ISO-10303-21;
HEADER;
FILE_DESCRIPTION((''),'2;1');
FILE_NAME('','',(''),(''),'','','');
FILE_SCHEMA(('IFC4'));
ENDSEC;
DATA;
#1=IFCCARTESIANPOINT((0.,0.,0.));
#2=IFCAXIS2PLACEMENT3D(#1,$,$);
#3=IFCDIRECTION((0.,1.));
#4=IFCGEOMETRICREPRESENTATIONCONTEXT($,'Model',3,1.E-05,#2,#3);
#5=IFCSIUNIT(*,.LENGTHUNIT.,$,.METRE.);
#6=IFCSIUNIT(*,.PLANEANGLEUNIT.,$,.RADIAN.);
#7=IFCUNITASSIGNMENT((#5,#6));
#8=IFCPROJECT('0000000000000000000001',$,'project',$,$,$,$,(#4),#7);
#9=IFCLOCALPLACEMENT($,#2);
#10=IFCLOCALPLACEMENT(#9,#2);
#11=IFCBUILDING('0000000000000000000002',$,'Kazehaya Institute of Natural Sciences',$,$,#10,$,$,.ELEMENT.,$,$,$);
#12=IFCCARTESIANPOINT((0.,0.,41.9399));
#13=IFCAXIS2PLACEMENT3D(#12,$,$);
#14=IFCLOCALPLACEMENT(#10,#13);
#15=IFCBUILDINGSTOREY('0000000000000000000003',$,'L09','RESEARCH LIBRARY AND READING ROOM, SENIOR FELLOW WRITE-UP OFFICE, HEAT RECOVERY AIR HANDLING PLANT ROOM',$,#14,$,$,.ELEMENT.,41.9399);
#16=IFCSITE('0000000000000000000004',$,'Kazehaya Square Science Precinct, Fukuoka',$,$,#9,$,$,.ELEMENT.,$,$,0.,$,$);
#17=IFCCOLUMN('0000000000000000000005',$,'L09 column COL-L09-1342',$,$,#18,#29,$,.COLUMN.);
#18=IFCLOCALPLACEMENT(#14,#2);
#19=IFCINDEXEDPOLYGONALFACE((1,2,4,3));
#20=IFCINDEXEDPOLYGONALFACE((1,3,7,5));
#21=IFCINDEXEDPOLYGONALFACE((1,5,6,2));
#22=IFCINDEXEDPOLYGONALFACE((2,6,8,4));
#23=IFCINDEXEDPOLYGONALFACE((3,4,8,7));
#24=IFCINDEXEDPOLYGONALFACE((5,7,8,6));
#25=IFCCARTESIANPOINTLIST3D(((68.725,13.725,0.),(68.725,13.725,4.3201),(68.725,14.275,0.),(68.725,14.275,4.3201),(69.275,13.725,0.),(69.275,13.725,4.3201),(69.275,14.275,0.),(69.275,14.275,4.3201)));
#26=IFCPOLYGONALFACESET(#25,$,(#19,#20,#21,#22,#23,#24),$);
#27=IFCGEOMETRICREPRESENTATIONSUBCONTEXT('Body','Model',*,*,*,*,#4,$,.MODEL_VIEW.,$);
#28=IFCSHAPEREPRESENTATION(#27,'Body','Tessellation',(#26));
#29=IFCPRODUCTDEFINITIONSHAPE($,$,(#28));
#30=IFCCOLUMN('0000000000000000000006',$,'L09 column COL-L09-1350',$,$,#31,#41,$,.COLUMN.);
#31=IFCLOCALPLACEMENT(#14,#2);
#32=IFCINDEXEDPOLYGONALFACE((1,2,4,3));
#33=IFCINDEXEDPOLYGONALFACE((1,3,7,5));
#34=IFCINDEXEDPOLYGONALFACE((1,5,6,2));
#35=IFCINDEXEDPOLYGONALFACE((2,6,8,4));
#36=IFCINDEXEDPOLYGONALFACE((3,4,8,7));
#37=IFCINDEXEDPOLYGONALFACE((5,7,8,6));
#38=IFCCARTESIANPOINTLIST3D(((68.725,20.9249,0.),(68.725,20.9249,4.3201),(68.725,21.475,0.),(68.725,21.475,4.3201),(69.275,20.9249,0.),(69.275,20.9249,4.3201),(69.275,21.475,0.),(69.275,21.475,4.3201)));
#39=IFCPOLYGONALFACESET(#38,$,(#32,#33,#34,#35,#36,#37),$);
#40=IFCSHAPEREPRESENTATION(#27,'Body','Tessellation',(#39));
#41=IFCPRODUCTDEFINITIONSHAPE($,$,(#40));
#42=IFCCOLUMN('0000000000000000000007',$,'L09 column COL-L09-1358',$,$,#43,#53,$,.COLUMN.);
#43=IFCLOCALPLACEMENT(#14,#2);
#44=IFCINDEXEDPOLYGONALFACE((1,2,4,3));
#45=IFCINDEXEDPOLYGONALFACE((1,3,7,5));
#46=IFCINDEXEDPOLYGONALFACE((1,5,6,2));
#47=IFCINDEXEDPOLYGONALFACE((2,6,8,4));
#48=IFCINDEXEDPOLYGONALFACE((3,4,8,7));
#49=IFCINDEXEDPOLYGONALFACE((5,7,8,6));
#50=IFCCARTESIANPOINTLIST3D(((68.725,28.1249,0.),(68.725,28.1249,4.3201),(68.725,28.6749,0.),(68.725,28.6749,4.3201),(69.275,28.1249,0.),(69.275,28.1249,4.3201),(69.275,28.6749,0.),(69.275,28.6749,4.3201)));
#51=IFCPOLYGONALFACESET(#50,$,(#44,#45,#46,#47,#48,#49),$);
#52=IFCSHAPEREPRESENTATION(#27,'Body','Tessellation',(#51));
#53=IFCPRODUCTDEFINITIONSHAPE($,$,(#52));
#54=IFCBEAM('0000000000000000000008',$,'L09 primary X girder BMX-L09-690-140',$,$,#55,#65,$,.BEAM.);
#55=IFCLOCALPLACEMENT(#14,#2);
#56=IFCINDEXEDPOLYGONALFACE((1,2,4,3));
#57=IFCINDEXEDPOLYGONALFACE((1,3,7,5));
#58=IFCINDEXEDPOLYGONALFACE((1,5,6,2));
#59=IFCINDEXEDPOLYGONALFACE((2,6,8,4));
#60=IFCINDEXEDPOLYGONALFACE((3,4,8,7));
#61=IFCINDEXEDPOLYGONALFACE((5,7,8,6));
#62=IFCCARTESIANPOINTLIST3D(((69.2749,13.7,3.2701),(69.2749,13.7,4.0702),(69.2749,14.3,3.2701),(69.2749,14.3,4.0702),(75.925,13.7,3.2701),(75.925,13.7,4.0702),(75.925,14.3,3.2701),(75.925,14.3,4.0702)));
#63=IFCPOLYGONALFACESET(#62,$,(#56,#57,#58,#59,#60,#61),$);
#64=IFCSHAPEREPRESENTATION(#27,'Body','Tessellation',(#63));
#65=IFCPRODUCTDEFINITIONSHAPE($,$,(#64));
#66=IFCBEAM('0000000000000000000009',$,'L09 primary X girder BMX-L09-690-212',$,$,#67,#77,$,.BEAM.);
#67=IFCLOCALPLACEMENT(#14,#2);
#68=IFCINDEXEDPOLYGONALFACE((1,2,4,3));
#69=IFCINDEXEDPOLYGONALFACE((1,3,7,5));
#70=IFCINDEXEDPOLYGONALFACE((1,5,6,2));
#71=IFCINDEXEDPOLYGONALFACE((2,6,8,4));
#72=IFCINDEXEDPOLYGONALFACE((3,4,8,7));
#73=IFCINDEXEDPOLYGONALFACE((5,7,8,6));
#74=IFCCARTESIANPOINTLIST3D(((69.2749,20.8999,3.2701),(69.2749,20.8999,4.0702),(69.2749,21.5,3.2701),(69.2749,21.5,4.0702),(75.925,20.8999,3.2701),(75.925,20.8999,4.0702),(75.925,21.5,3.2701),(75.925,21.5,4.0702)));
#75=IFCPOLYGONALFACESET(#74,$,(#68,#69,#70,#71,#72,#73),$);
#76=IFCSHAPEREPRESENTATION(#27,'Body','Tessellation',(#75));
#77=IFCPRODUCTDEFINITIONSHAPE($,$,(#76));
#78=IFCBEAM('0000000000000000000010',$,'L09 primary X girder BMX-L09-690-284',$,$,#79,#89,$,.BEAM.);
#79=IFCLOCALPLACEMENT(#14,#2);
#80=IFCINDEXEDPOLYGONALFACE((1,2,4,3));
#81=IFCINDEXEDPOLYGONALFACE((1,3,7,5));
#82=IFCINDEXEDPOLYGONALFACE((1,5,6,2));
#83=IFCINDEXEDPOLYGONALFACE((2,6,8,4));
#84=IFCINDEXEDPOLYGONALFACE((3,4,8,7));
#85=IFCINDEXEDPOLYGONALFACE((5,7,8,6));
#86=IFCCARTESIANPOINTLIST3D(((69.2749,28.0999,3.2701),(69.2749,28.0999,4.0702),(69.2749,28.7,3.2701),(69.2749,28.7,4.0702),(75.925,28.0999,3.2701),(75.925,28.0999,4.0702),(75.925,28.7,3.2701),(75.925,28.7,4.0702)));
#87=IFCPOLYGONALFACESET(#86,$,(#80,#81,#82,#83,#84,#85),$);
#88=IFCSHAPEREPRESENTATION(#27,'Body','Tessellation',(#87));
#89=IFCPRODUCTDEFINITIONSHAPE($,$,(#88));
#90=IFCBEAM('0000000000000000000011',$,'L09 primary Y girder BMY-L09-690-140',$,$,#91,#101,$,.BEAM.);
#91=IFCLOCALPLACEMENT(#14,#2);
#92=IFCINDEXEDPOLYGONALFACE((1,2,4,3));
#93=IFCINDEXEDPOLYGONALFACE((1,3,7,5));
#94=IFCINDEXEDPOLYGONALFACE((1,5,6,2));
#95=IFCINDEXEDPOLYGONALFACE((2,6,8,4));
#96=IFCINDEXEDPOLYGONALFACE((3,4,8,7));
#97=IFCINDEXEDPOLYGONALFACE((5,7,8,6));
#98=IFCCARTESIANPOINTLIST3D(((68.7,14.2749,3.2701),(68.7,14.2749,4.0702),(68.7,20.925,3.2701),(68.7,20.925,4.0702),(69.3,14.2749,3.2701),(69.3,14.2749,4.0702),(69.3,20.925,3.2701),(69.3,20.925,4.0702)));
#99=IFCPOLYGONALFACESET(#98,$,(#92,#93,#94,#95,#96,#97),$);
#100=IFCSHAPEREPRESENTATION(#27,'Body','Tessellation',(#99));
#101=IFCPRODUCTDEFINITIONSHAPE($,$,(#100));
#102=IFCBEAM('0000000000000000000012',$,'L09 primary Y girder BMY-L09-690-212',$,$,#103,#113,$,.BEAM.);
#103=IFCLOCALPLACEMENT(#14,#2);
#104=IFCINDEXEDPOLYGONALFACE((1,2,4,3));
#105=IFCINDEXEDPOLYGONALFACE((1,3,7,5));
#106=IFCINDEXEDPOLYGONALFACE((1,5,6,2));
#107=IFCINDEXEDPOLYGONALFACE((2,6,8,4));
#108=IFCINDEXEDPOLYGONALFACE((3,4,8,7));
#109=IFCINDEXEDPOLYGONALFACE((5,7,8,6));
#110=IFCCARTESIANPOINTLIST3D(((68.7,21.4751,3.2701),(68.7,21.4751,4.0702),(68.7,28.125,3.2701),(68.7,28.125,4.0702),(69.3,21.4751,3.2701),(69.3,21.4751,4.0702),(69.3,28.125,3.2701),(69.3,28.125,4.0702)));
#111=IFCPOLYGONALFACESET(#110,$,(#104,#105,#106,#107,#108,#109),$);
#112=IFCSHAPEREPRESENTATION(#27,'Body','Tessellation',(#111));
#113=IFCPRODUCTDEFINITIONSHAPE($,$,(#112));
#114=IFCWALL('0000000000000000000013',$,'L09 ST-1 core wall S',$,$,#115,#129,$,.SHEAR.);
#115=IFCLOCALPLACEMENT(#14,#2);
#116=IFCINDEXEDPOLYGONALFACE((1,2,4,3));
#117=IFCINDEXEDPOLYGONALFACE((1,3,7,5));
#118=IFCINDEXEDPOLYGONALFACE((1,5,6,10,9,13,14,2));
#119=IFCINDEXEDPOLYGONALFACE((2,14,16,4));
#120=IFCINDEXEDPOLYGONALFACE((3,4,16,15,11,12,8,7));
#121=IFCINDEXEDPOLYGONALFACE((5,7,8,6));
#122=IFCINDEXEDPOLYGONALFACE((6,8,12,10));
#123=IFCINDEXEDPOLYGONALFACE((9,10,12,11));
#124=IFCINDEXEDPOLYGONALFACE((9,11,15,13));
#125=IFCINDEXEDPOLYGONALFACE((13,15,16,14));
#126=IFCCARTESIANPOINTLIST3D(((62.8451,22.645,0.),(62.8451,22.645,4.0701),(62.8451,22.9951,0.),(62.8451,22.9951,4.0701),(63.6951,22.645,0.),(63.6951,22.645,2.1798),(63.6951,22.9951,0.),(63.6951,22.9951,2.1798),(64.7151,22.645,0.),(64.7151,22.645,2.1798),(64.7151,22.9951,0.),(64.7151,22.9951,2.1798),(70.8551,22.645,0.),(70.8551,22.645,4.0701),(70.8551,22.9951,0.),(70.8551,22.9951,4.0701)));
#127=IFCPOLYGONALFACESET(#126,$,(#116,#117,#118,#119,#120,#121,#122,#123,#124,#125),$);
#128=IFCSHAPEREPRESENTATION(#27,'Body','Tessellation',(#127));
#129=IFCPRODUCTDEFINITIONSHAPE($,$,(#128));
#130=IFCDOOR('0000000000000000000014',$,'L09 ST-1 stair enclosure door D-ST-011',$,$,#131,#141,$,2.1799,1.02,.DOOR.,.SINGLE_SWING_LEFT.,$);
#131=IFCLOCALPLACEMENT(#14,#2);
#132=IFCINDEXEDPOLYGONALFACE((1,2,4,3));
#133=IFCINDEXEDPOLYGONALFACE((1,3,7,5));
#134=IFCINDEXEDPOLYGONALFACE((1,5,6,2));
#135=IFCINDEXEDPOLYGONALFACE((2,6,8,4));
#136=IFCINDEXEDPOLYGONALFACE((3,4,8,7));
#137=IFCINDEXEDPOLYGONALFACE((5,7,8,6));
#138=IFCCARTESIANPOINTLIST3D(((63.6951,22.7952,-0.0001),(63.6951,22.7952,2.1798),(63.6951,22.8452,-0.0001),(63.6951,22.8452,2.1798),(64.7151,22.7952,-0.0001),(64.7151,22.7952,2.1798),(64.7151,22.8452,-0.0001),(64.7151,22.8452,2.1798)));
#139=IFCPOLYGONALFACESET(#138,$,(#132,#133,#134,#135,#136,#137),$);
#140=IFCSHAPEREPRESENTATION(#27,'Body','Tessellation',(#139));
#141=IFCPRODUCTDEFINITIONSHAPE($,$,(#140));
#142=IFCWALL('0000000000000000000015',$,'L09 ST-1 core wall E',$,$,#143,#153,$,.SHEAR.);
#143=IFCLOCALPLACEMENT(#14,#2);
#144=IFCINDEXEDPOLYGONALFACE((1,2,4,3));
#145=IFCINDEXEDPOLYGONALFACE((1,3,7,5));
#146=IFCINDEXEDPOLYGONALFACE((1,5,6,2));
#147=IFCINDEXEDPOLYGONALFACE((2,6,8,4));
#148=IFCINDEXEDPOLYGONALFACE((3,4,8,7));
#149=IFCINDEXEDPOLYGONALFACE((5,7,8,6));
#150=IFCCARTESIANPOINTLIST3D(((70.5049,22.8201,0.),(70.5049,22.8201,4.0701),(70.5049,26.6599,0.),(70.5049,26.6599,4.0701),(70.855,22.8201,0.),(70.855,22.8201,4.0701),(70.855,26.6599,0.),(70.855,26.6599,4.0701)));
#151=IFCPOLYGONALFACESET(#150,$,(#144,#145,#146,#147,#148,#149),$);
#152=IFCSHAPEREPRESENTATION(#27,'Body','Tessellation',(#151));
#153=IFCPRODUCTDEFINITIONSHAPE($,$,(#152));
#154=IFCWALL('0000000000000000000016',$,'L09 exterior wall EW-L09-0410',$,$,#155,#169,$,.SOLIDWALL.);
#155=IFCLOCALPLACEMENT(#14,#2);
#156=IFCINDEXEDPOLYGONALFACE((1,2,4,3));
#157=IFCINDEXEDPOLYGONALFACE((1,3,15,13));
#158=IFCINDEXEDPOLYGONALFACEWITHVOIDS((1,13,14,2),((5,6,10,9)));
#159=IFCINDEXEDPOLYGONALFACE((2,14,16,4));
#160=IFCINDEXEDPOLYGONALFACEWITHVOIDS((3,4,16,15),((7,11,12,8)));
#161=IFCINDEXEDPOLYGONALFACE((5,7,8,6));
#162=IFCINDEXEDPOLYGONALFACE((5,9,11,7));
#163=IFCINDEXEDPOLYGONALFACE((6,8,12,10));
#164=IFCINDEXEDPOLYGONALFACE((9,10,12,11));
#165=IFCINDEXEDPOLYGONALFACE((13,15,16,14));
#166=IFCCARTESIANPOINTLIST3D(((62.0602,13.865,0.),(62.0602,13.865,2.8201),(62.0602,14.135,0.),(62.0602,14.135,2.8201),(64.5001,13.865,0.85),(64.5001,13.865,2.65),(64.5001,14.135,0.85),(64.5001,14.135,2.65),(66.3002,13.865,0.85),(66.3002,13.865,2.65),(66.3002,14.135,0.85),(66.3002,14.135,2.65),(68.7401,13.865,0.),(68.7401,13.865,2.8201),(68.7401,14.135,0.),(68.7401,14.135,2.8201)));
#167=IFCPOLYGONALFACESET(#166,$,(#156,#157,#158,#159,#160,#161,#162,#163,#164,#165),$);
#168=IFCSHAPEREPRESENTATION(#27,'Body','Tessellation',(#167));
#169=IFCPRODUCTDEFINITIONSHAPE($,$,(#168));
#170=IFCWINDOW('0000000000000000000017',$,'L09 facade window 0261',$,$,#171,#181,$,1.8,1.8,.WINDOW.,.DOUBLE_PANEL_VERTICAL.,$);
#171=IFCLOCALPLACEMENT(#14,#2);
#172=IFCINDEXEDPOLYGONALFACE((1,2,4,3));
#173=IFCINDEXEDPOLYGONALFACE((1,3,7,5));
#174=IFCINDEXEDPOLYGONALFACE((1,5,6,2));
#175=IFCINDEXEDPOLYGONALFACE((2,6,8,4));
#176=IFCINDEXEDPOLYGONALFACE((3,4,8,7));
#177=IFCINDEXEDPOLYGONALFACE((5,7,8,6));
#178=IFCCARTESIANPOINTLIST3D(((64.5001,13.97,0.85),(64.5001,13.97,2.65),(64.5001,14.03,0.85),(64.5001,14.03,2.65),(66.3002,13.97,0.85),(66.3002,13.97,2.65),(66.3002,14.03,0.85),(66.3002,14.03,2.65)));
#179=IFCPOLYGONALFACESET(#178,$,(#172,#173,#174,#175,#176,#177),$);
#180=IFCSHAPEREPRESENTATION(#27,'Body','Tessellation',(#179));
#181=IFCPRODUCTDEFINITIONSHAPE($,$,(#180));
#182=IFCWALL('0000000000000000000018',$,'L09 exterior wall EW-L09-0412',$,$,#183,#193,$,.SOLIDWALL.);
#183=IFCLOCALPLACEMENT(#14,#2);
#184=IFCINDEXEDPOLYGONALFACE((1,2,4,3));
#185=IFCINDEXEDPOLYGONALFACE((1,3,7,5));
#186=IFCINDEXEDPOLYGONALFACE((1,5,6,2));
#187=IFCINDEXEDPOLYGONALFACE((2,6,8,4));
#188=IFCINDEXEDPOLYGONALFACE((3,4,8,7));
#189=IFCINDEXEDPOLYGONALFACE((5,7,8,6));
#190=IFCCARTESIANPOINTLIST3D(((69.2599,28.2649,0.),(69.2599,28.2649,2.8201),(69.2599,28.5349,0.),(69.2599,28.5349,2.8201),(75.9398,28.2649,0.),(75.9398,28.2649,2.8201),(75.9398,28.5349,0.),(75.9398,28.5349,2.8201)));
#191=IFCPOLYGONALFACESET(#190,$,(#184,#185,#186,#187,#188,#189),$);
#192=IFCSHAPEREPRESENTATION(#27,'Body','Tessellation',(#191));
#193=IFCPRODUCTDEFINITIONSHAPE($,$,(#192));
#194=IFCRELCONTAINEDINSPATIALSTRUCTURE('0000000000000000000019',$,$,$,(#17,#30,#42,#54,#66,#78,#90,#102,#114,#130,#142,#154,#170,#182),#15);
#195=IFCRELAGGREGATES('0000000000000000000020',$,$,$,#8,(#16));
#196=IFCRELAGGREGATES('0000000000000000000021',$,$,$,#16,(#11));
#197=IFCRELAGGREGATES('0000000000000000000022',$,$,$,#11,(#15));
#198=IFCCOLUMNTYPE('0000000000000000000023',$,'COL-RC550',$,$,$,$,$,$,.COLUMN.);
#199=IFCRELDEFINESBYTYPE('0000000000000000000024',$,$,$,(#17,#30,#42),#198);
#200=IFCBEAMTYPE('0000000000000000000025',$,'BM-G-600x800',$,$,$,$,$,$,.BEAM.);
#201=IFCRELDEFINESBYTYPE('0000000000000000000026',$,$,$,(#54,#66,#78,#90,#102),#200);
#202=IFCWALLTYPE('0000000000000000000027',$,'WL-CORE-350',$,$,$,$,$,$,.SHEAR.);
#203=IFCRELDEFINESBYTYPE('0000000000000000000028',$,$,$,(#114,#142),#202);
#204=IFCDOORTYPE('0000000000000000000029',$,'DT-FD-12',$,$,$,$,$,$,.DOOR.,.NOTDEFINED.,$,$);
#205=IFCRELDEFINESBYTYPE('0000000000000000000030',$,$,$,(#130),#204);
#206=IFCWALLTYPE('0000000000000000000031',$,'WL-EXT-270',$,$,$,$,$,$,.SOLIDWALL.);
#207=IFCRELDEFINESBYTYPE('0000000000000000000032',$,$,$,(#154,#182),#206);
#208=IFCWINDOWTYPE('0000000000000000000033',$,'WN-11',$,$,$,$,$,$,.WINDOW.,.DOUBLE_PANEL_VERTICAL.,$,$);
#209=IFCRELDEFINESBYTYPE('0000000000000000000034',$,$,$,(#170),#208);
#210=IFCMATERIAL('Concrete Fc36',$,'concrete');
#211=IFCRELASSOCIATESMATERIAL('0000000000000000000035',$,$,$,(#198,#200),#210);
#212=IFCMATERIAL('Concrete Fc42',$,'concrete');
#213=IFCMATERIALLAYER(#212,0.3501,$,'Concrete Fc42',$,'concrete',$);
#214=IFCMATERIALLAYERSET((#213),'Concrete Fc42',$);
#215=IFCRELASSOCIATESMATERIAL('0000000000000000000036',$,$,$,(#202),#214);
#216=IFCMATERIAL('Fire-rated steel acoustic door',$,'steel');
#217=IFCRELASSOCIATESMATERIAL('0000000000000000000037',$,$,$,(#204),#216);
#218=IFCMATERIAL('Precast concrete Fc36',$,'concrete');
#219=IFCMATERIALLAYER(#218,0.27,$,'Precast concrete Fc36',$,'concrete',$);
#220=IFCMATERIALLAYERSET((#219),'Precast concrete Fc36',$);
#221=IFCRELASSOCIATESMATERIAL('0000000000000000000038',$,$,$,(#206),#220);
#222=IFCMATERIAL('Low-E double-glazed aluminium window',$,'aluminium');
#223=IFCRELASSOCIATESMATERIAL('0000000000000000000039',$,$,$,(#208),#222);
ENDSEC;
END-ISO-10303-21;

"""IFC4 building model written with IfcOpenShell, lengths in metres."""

from ifc_helpers import new_model, si_unit, direction, frame, frame_2d, origin, origin_2d, place, context, subcontext, project, spatial, rectangle, extrude, material, layer, layer_set, material_profile, profile_set, type_object, element, fill, save


model = new_model("IFC4")

# Units and contexts
model_context = context("Model", 3, precision=1e-05, world=origin(), true_north=direction((0.0, 1.0)))
body_context = subcontext(model_context, "Body", "Model", "MODEL_VIEW")
ifc_project = project(units=[si_unit("LENGTHUNIT", "METRE"), si_unit("PLANEANGLEUNIT", "RADIAN")], contexts=[model_context])

# Site, building, storey
site_placement = place(None, origin())
site = spatial("IfcSite", under=ifc_project, at=site_placement, Name="Kazehaya Square Science Precinct, Fukuoka", CompositionType="ELEMENT", RefElevation=0.0)
building_placement = place(site_placement, origin())
building = spatial("IfcBuilding", under=site, at=building_placement, Name="Kazehaya Institute of Natural Sciences", CompositionType="ELEMENT")
storey_placement = place(building_placement, frame((0.0, 0.0, 41.9399)))
storey = spatial("IfcBuildingStorey", under=building, at=storey_placement, Name="L09", Description="RESEARCH LIBRARY AND READING ROOM, SENIOR FELLOW WRITE-UP OFFICE, HEAT RECOVERY AIR HANDLING PLANT ROOM", CompositionType="ELEMENT", Elevation=41.9399)

# Columns
ifc_material_1 = material(Name="Concrete Fc36", Category="concrete")
ifc_material_profile_1 = material_profile(ifc_material_1, rectangle(XDim=0.55, YDim=0.55, at=origin_2d()), Name="RC-550x550")
ifc_profile_set_1 = profile_set([ifc_material_profile_1], Name="Concrete Fc36")
column_type = type_object("IfcColumnType", Name="COL-RC550", PredefinedType="COLUMN", material=ifc_profile_set_1)
for number, where, z_axis, x_axis, name in (
    (1, (69.0, 14.0, 0.0), (0.0, 0.0, 1.0), (1.0, 0.0, 0.0), "L09 column COL-L09-1342"),
    (2, (69.0, 21.2, 0.0), (0.0, 0.0, 1.0), (1.0, 0.0, 0.0), "L09 column COL-L09-1350"),
    (3, (69.0, 28.3999, 0.0), (0.0, 0.0, 1.0), (1.0, 0.0, 0.0), "L09 column COL-L09-1358"),
):
    element("IfcColumn", number, at=place(storey_placement, frame(where, z_axis=z_axis, x_axis=x_axis)), inside=storey, type_object=column_type, Name=name, PredefinedType="COLUMN", context=body_context, shape_type="SweptSolid", body=[
        extrude(rectangle(XDim=0.55, YDim=0.55, at=origin_2d()), origin(), (0.0, 0.0, 1.0), 4.3201),
    ])

# Beams
ifc_material_profile_2 = material_profile(ifc_material_1, rectangle(XDim=0.6001, YDim=0.8, at=origin_2d()), Name="RC-600x800")
ifc_profile_set_2 = profile_set([ifc_material_profile_2], Name="Concrete Fc36")
beam_type = type_object("IfcBeamType", Name="BM-G-600x800", PredefinedType="BEAM", material=ifc_profile_set_2)
for number, where, z_axis, x_axis, name in (
    (4, (69.2749, 14.0, 3.6702), (1.0, 0.0, 0.0), (0.0, 1.0, 0.0), "L09 primary X girder BMX-L09-690-140"),
    (5, (69.2749, 21.2, 3.6702), (1.0, 0.0, 0.0), (0.0, 1.0, 0.0), "L09 primary X girder BMX-L09-690-212"),
    (6, (69.2749, 28.3999, 3.6702), (1.0, 0.0, 0.0), (0.0, 1.0, 0.0), "L09 primary X girder BMX-L09-690-284"),
    (7, (69.0, 14.2749, 3.6702), (0.0, 1.0, 0.0), (-1.0, 0.0, 0.0), "L09 primary Y girder BMY-L09-690-140"),
):
    element("IfcBeam", number, at=place(storey_placement, frame(where, z_axis=z_axis, x_axis=x_axis)), inside=storey, type_object=beam_type, Name=name, PredefinedType="BEAM", context=body_context, shape_type="SweptSolid", body=[
        extrude(rectangle(XDim=0.6001, YDim=0.8, at=origin_2d()), origin(), (0.0, 0.0, 1.0), 6.6501),
    ])
beam_placement = place(storey_placement, frame((69.0, 21.4751, 3.6702), z_axis=(0.0, 1.0, 0.0), x_axis=(-1.0, 0.0, 0.0)))
element("IfcBeam", 8, at=beam_placement, inside=storey, type_object=beam_type, Name="L09 primary Y girder BMY-L09-690-212", PredefinedType="BEAM", context=body_context, shape_type="SweptSolid", body=[
    extrude(rectangle(XDim=0.6001, YDim=0.8, at=origin_2d()), origin(), (0.0, 0.0, 1.0), 6.6499),
])

# Wall, opening, door
ifc_material_2 = material(Name="Concrete Fc42", Category="concrete")
ifc_layer_1 = layer(ifc_material_2, 0.3501, Name="Concrete Fc42", Category="concrete")
ifc_layer_set_1 = layer_set([ifc_layer_1], Name="Concrete Fc42")
wall_type_1 = type_object("IfcWallType", Name="WL-CORE-350", PredefinedType="SHEAR", material=ifc_layer_set_1)
wall_1_placement = place(storey_placement, frame((70.855, 22.8201, 0.0), z_axis=(0.0, 0.0, 1.0), x_axis=(-1.0, 0.0, 0.0)))
wall_1 = element("IfcWall", 9, at=wall_1_placement, inside=storey, type_object=wall_type_1, Name="L09 ST-1 core wall S", PredefinedType="SHEAR", context=body_context, shape_type="SweptSolid", body=[
    extrude(rectangle(XDim=8.01, YDim=0.3501, at=frame_2d((4.0049, 0.0))), origin(), (0.0, 0.0, 1.0), 4.0701),
])
opening_1_placement = place(wall_1_placement, frame((6.1399, 0.0, 0.0)))
opening_1 = element("IfcOpeningElement", 10, at=opening_1_placement, cuts=wall_1, PredefinedType="OPENING", context=body_context, shape_type="SweptSolid", body=[
    extrude(rectangle(XDim=1.02, YDim=2.1799, at=frame_2d((0.51, 1.0898))), frame((0.0, 0.1851, 0.0), z_axis=(0.0, -1.0, 0.0), x_axis=(1.0, 0.0, 0.0)), (0.0, 0.0, 1.0), 0.3701),
])
ifc_material_3 = material(Name="Fire-rated steel acoustic door", Category="steel")
door_type_1 = type_object("IfcDoorType", Name="DT-FD-12", OperationType="NOTDEFINED", PredefinedType="DOOR", material=ifc_material_3)
door_1_placement = place(opening_1_placement, origin())
door_1 = element("IfcDoor", 11, at=door_1_placement, inside=storey, type_object=door_type_1, Name="L09 ST-1 stair enclosure door D-ST-011", OperationType="SINGLE_SWING_LEFT", OverallHeight=2.1799, OverallWidth=1.02, PredefinedType="DOOR", context=body_context, shape_type="SweptSolid", body=[
    extrude(rectangle(XDim=1.02, YDim=2.1799, at=frame_2d((0.51, 1.0898))), frame((0.0, 0.0249, 0.0), z_axis=(0.0, -1.0, 0.0), x_axis=(1.0, 0.0, 0.0)), (0.0, 0.0, 1.0), 0.05),
])
fill(opening_1, door_1)

# Wall
wall_2_placement = place(storey_placement, frame((70.6799, 26.6599, 0.0), z_axis=(0.0, 0.0, 1.0), x_axis=(0.0, -1.0, 0.0)))
element("IfcWall", 12, at=wall_2_placement, inside=storey, type_object=wall_type_1, Name="L09 ST-1 core wall E", PredefinedType="SHEAR", context=body_context, shape_type="SweptSolid", body=[
    extrude(rectangle(XDim=3.8398, YDim=0.3501, at=frame_2d((1.9199, 0.0))), origin(), (0.0, 0.0, 1.0), 4.0701),
])

# Wall, opening, window
ifc_material_4 = material(Name="Precast concrete Fc36", Category="concrete")
ifc_layer_2 = layer(ifc_material_4, 0.27, Name="Precast concrete Fc36", Category="concrete")
ifc_layer_set_2 = layer_set([ifc_layer_2], Name="Precast concrete Fc36")
wall_type_2 = type_object("IfcWallType", Name="WL-EXT-270", PredefinedType="SOLIDWALL", material=ifc_layer_set_2)
wall_3_placement = place(storey_placement, frame((68.74, 14.0, 0.0), z_axis=(0.0, 0.0, 1.0), x_axis=(-1.0, 0.0, 0.0)))
wall_3 = element("IfcWall", 13, at=wall_3_placement, inside=storey, type_object=wall_type_2, Name="L09 exterior wall EW-L09-0410", PredefinedType="SOLIDWALL", context=body_context, shape_type="SweptSolid", body=[
    extrude(rectangle(XDim=6.6799, YDim=0.27, at=frame_2d((3.3398, 0.0))), origin(), (0.0, 0.0, 1.0), 2.8201),
])
opening_2_placement = place(wall_3_placement, frame((2.4399, 0.0, 0.8501)))
opening_2 = element("IfcOpeningElement", 14, at=opening_2_placement, cuts=wall_3, PredefinedType="OPENING", context=body_context, shape_type="SweptSolid", body=[
    extrude(rectangle(XDim=1.8, YDim=1.8, at=frame_2d((0.8999, 0.8999))), frame((0.0, 0.145, 0.0), z_axis=(0.0, -1.0, 0.0), x_axis=(1.0, 0.0, 0.0)), (0.0, 0.0, 1.0), 0.29),
])
ifc_material_5 = material(Name="Low-E double-glazed aluminium window", Category="aluminium")
window_type = type_object("IfcWindowType", Name="WN-11", PartitioningType="DOUBLE_PANEL_VERTICAL", PredefinedType="WINDOW", material=ifc_material_5)
window_placement = place(opening_2_placement, origin())
window = element("IfcWindow", 15, at=window_placement, inside=storey, type_object=window_type, Name="L09 facade window 0261", OverallHeight=1.8, OverallWidth=1.8, PartitioningType="DOUBLE_PANEL_VERTICAL", PredefinedType="WINDOW", context=body_context, shape_type="SweptSolid", body=[
    extrude(rectangle(XDim=1.8, YDim=1.8, at=frame_2d((0.8999, 0.8999))), frame((0.0, 0.03, 0.0), z_axis=(0.0, -1.0, 0.0), x_axis=(1.0, 0.0, 0.0)), (0.0, 0.0, 1.0), 0.0601),
])
fill(opening_2, window)

# Wall
wall_4_placement = place(storey_placement, frame((69.26, 28.3999, 0.0), z_axis=(0.0, 0.0, 1.0), x_axis=(1.0, 0.0, 0.0)))
element("IfcWall", 16, at=wall_4_placement, inside=storey, type_object=wall_type_2, Name="L09 exterior wall EW-L09-0412", PredefinedType="SOLIDWALL", context=body_context, shape_type="SweptSolid", body=[
    extrude(rectangle(XDim=6.6799, YDim=0.27, at=frame_2d((3.3398, 0.0))), origin(), (0.0, 0.0, 1.0), 2.8201),
])

save(model, "model.ifc")
